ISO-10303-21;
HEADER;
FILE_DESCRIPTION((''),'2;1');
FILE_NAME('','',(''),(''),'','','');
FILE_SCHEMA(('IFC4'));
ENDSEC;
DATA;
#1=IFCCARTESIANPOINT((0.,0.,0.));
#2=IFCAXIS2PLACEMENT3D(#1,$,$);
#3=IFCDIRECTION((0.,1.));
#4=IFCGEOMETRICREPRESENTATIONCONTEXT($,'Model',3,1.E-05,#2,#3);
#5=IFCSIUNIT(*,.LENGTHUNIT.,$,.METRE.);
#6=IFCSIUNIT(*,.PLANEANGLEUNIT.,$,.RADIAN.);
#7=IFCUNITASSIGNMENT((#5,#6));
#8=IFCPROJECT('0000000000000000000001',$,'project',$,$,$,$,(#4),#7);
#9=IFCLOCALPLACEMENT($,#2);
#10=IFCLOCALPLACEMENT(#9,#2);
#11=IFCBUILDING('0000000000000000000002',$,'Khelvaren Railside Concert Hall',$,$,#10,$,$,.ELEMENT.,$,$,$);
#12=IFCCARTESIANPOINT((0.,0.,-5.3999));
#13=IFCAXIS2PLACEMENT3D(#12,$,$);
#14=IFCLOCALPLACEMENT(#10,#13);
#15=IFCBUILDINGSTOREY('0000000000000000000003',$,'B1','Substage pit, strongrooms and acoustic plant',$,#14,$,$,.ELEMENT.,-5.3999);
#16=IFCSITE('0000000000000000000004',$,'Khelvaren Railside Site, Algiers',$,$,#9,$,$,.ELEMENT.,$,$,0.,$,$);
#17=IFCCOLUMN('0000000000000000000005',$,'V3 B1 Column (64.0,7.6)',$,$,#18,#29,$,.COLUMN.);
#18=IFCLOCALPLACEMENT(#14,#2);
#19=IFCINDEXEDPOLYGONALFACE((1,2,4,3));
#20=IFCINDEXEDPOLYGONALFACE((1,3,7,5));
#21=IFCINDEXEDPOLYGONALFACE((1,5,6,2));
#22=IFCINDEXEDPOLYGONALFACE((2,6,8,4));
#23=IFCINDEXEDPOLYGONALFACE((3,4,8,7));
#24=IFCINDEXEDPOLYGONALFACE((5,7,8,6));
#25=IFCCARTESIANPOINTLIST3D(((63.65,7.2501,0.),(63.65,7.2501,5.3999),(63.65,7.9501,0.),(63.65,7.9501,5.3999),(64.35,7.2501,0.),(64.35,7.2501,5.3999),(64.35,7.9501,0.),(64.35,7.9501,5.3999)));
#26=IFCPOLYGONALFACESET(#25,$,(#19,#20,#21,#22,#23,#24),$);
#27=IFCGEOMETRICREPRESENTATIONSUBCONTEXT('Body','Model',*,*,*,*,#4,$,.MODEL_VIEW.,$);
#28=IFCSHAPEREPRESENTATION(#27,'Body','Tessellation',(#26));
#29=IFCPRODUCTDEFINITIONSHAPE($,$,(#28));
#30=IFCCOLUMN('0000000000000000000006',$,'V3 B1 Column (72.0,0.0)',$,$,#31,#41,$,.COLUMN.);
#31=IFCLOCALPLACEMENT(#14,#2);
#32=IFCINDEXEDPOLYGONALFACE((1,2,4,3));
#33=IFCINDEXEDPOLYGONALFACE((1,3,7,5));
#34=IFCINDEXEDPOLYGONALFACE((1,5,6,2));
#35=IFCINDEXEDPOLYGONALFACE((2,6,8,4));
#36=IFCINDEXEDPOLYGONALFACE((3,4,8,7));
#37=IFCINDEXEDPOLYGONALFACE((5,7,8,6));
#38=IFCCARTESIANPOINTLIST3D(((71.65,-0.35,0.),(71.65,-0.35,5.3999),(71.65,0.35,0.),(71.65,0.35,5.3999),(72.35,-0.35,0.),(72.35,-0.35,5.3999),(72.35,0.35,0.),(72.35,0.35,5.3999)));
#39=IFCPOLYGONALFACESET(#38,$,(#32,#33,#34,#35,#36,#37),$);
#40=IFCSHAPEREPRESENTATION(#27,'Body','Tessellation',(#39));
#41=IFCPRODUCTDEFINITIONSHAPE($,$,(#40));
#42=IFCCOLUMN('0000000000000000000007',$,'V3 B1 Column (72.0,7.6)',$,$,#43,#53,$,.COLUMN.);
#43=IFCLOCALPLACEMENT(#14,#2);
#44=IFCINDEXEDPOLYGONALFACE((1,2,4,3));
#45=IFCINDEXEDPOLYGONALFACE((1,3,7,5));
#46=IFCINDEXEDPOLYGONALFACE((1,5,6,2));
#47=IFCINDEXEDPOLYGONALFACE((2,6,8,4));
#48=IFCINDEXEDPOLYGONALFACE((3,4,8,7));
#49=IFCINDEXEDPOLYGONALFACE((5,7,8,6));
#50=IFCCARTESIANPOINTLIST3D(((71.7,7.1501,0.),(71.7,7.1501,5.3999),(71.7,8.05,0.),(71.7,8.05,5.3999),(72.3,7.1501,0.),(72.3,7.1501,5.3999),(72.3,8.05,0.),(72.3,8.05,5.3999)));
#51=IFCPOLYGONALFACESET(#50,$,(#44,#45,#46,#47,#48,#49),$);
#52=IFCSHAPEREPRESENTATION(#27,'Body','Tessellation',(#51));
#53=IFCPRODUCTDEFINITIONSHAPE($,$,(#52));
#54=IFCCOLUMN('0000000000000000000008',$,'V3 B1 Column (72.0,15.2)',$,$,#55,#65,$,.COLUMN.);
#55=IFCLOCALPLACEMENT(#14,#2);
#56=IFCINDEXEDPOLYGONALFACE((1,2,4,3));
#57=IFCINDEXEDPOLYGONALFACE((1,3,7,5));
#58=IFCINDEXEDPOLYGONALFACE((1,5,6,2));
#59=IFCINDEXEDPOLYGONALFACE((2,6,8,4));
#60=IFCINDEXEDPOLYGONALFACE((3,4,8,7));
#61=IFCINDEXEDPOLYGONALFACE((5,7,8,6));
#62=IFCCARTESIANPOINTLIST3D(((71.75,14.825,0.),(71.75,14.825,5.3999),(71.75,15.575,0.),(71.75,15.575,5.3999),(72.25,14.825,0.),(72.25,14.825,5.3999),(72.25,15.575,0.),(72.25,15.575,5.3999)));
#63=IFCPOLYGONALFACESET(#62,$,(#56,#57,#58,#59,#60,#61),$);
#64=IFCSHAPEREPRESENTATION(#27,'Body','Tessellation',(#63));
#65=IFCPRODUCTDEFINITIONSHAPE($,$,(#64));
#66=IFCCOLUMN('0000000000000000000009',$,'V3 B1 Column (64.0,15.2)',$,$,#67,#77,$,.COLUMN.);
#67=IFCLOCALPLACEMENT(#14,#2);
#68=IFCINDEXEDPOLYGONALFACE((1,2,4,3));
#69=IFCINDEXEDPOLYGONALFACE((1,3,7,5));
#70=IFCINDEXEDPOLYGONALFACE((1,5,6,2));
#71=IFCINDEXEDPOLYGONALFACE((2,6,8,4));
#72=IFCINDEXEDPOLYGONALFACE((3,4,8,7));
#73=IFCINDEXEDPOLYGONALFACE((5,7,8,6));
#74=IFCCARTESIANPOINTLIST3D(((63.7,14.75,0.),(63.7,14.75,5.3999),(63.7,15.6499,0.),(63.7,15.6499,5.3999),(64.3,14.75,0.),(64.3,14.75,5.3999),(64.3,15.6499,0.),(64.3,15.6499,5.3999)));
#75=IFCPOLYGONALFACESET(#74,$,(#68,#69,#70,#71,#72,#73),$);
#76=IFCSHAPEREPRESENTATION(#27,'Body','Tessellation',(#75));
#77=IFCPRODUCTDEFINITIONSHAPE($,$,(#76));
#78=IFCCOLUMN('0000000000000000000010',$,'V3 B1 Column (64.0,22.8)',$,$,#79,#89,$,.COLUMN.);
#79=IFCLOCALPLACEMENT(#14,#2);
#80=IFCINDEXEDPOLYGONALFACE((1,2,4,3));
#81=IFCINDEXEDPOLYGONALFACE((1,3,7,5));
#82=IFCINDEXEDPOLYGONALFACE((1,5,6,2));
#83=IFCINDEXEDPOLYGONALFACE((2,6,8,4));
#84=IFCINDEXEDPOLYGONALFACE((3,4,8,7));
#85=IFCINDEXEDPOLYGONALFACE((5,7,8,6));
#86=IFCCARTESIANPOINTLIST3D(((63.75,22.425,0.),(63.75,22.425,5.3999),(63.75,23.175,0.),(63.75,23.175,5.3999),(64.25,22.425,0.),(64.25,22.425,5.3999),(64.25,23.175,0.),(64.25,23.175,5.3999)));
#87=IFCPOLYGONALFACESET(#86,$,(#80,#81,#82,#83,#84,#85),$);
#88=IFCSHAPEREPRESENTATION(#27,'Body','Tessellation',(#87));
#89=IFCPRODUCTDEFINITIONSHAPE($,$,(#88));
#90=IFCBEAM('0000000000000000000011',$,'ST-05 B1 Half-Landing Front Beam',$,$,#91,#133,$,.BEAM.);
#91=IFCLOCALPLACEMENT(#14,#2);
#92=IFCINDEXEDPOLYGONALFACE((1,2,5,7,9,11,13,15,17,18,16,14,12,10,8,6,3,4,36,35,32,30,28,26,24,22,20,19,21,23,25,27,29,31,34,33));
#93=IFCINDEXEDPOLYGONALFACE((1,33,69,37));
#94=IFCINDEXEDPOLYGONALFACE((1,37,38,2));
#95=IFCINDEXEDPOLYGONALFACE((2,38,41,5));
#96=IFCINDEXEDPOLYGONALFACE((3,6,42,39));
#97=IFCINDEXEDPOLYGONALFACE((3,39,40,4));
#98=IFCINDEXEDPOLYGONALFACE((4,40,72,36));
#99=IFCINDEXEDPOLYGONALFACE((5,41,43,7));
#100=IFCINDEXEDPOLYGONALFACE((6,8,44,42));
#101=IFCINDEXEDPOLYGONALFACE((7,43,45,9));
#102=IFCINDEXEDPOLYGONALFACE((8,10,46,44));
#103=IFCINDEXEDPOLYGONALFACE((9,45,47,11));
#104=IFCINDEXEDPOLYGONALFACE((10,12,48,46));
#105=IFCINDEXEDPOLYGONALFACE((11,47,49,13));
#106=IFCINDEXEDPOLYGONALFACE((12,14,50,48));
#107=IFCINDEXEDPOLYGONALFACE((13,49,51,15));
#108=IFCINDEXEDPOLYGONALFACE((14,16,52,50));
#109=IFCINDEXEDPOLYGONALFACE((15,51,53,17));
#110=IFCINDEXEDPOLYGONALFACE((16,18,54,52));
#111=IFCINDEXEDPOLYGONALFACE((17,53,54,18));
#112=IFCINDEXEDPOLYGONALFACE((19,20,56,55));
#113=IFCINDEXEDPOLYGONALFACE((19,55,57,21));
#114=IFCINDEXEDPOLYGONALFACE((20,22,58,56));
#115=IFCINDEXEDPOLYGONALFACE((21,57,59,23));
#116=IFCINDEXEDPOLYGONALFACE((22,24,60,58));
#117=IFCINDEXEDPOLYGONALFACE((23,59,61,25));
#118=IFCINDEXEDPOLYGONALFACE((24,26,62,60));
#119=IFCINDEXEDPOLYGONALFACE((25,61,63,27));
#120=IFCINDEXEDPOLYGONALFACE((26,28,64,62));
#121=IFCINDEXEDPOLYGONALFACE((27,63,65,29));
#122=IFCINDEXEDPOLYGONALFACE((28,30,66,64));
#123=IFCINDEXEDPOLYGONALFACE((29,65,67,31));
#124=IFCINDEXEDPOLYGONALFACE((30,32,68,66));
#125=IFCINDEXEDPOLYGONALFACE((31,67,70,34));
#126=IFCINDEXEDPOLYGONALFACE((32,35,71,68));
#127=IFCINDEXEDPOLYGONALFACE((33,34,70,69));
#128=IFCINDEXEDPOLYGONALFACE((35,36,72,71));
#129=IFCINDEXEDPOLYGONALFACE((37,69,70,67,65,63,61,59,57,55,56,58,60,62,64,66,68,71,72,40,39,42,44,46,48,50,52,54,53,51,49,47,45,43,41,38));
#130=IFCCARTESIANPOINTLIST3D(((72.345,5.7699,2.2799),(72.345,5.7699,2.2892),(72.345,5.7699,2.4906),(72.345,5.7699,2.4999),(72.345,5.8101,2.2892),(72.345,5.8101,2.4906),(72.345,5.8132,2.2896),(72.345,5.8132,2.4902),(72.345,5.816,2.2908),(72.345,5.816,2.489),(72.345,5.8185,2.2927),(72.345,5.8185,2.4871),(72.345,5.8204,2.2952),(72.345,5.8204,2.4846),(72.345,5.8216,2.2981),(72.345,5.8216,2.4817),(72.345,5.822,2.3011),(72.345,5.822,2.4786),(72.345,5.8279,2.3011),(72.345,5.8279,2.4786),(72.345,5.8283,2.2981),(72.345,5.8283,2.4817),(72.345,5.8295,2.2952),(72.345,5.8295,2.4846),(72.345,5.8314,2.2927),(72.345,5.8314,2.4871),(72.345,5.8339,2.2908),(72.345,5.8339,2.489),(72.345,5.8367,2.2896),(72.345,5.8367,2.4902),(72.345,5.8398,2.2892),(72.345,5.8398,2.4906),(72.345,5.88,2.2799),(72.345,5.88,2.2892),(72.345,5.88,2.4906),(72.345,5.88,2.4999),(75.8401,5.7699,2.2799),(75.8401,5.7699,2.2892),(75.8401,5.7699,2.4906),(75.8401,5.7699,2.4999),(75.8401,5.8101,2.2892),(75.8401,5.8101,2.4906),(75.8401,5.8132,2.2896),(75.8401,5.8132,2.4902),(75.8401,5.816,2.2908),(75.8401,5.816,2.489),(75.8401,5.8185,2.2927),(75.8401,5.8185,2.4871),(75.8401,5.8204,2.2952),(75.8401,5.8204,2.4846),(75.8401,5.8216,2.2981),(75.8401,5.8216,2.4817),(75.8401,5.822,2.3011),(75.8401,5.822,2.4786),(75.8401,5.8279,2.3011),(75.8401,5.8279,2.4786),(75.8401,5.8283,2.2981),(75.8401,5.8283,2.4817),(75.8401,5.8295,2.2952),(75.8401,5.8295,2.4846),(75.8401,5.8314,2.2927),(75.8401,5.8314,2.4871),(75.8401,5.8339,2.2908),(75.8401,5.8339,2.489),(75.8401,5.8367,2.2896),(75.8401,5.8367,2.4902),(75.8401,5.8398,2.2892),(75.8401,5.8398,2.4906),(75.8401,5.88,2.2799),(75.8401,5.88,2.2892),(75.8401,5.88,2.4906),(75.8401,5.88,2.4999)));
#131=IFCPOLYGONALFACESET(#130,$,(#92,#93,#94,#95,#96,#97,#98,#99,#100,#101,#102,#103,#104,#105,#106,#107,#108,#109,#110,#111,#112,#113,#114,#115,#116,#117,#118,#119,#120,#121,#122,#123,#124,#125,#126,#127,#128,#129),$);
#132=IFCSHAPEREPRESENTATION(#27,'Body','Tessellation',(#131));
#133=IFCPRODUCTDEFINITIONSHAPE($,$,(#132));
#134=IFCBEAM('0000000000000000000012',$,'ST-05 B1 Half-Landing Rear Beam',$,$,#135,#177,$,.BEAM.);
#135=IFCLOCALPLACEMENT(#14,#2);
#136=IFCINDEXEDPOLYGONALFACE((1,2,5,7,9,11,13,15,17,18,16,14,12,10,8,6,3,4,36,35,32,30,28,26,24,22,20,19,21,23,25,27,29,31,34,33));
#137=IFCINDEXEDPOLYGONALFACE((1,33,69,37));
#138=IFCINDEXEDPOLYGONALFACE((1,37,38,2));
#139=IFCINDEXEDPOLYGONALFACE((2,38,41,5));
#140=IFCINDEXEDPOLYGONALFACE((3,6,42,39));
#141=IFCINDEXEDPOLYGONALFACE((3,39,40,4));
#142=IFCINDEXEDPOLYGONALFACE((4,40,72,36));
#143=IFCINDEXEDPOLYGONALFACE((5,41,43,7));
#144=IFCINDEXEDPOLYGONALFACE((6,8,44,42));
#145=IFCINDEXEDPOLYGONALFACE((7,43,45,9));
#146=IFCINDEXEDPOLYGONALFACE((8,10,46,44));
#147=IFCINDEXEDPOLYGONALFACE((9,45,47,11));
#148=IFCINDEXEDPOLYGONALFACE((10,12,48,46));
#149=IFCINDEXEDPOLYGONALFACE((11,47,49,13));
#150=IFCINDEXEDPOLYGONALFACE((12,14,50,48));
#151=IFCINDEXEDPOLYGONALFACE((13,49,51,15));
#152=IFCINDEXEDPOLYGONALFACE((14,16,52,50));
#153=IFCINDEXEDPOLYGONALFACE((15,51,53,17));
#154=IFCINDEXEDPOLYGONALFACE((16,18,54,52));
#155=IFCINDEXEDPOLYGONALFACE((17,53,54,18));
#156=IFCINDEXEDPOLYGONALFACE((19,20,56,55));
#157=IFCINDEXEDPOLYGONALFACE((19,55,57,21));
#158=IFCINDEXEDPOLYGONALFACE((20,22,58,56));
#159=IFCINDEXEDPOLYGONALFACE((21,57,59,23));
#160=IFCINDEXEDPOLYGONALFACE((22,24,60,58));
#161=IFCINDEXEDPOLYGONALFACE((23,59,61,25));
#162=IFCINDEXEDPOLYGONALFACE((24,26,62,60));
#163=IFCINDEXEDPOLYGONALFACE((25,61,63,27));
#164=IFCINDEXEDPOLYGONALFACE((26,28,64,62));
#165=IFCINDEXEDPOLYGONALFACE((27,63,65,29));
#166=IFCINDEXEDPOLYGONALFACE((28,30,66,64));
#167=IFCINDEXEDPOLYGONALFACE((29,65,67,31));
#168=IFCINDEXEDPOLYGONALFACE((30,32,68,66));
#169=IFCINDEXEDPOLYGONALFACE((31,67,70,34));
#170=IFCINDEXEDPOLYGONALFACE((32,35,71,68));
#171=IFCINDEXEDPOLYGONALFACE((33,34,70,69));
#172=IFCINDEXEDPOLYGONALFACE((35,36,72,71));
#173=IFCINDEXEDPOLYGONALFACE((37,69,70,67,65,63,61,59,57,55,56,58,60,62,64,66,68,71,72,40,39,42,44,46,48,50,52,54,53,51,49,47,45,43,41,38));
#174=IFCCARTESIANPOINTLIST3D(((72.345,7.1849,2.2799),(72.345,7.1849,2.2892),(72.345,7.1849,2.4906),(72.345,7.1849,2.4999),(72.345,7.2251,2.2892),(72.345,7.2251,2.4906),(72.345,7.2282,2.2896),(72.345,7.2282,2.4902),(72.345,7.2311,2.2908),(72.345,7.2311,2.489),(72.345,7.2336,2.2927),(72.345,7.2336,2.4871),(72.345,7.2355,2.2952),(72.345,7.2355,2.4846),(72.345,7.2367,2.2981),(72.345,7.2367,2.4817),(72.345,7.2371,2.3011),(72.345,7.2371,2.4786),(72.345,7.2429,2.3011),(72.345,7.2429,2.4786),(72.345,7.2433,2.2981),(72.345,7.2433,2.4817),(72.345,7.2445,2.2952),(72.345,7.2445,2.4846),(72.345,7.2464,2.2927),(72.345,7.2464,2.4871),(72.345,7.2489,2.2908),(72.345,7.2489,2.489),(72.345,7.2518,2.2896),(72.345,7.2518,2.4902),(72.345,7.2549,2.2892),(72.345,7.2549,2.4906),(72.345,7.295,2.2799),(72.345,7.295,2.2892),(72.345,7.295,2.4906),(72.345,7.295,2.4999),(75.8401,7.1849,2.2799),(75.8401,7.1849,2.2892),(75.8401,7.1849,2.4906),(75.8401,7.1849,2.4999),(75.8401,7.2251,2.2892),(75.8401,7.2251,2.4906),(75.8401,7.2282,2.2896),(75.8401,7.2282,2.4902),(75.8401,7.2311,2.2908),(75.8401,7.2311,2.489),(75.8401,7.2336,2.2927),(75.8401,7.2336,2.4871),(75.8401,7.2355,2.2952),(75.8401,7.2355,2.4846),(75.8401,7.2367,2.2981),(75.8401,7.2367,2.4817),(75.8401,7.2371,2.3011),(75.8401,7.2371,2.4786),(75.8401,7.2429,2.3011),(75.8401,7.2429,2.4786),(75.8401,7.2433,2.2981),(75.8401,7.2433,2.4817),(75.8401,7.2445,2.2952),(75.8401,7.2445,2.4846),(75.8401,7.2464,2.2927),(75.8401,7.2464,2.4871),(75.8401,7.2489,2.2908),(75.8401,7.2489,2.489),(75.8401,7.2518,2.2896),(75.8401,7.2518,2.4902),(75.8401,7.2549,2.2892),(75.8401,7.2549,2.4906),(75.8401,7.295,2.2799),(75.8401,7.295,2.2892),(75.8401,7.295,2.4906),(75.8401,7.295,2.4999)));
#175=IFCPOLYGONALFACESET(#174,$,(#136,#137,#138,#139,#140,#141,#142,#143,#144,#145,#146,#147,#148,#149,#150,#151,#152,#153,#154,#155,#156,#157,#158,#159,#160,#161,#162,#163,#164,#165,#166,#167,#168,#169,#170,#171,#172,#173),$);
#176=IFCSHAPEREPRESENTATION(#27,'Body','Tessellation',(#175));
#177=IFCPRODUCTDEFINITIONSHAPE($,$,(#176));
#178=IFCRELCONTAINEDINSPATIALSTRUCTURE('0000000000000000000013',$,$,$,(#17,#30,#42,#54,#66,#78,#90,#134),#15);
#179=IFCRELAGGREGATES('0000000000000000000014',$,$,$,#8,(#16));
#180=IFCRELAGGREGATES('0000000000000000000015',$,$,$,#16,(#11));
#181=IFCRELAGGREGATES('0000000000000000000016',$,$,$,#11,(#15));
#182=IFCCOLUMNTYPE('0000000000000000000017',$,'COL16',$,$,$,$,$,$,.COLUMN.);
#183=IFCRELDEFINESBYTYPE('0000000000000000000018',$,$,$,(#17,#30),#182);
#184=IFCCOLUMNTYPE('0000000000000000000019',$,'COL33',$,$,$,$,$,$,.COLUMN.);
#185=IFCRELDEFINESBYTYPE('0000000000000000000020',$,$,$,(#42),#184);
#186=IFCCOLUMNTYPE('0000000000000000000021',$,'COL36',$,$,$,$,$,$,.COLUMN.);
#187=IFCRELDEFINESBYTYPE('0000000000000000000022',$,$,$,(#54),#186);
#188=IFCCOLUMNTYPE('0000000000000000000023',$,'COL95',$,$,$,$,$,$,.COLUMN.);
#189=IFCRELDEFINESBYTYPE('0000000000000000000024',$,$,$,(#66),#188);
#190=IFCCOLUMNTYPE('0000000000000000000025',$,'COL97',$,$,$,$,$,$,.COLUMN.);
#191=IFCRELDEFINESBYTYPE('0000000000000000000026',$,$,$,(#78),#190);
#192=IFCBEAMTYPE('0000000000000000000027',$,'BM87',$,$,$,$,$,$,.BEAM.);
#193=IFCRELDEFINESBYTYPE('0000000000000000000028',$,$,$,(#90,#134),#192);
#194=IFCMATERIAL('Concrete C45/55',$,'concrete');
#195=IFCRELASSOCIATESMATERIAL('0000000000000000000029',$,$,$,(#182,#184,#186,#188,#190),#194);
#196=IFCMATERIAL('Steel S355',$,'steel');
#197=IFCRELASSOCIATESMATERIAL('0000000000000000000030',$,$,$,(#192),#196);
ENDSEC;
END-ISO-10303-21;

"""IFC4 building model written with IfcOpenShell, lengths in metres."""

from ifc_helpers import new_model, si_unit, direction, frame, origin, origin_2d, place, context, subcontext, project, spatial, rectangle, i_section, extrude, material, material_profile, profile_set, type_object, element, save


model = new_model("IFC4")

# Units and contexts
model_context = context("Model", 3, precision=1e-05, world=origin(), true_north=direction((0.0, 1.0)))
body_context = subcontext(model_context, "Body", "Model", "MODEL_VIEW")
ifc_project = project(units=[si_unit("LENGTHUNIT", "METRE"), si_unit("PLANEANGLEUNIT", "RADIAN")], contexts=[model_context])

# Site, building, storey
site_placement = place(None, origin())
site = spatial("IfcSite", under=ifc_project, at=site_placement, Name="Khelvaren Railside Site, Algiers", CompositionType="ELEMENT", RefElevation=0.0)
building_placement = place(site_placement, origin())
building = spatial("IfcBuilding", under=site, at=building_placement, Name="Khelvaren Railside Concert Hall", CompositionType="ELEMENT")
storey_placement = place(building_placement, frame((0.0, 0.0, -5.3999)))
storey = spatial("IfcBuildingStorey", under=building, at=storey_placement, Name="B1", Description="Substage pit, strongrooms and acoustic plant", CompositionType="ELEMENT", Elevation=-5.3999)

# Columns
ifc_material_1 = material(Name="Concrete C45/55", Category="concrete")
ifc_material_profile_1 = material_profile(ifc_material_1, rectangle(XDim=0.7, YDim=0.7, at=origin_2d()), Name="RC 700x700")
ifc_profile_set_1 = profile_set([ifc_material_profile_1], Name="Concrete C45/55")
column_type_1 = type_object("IfcColumnType", Name="COL16", PredefinedType="COLUMN", material=ifc_profile_set_1)
for number, where, z_axis, x_axis, name in (
    (1, (64.0, 7.6001, 0.0), (0.0, 0.0, 1.0), (1.0, 0.0, 0.0), "V3 B1 Column (64.0,7.6)"),
    (2, (72.0, 0.0, 0.0), (0.0, 0.0, 1.0), (1.0, 0.0, 0.0), "V3 B1 Column (72.0,0.0)"),
):
    element("IfcColumn", number, at=place(storey_placement, frame(where, z_axis=z_axis, x_axis=x_axis)), inside=storey, type_object=column_type_1, Name=name, PredefinedType="COLUMN", context=body_context, shape_type="SweptSolid", body=[
        extrude(rectangle(XDim=0.7, YDim=0.7, at=origin_2d()), origin(), (0.0, 0.0, 1.0), 5.3999),
    ])
ifc_material_profile_2 = material_profile(ifc_material_1, rectangle(XDim=0.6001, YDim=0.8999, at=origin_2d()), Name="RC 600x900")
ifc_profile_set_2 = profile_set([ifc_material_profile_2], Name="Concrete C45/55")
column_type_2 = type_object("IfcColumnType", Name="COL33", PredefinedType="COLUMN", material=ifc_profile_set_2)
column_1_placement = place(storey_placement, frame((72.0, 7.6001, 0.0), z_axis=(0.0, 0.0, 1.0), x_axis=(1.0, 0.0, 0.0)))
element("IfcColumn", 3, at=column_1_placement, inside=storey, type_object=column_type_2, Name="V3 B1 Column (72.0,7.6)", PredefinedType="COLUMN", context=body_context, shape_type="SweptSolid", body=[
    extrude(rectangle(XDim=0.6001, YDim=0.8999, at=origin_2d()), origin(), (0.0, 0.0, 1.0), 5.3999),
])
ifc_material_profile_3 = material_profile(ifc_material_1, rectangle(XDim=0.5, YDim=0.75, at=origin_2d()), Name="RC 500x750")
ifc_profile_set_3 = profile_set([ifc_material_profile_3], Name="Concrete C45/55")
column_type_3 = type_object("IfcColumnType", Name="COL36", PredefinedType="COLUMN", material=ifc_profile_set_3)
column_2_placement = place(storey_placement, frame((72.0, 15.2, 0.0), z_axis=(0.0, 0.0, 1.0), x_axis=(1.0, 0.0, 0.0)))
element("IfcColumn", 4, at=column_2_placement, inside=storey, type_object=column_type_3, Name="V3 B1 Column (72.0,15.2)", PredefinedType="COLUMN", context=body_context, shape_type="SweptSolid", body=[
    extrude(rectangle(XDim=0.5, YDim=0.75, at=origin_2d()), origin(), (0.0, 0.0, 1.0), 5.3999),
])
ifc_material_profile_4 = material_profile(ifc_material_1, rectangle(XDim=0.6001, YDim=0.8999, at=origin_2d()), Name="RC 600x900")
ifc_profile_set_4 = profile_set([ifc_material_profile_4], Name="Concrete C45/55")
column_type_4 = type_object("IfcColumnType", Name="COL95", PredefinedType="COLUMN", material=ifc_profile_set_4)
column_3_placement = place(storey_placement, frame((64.0, 15.2, 0.0), z_axis=(0.0, 0.0, 1.0), x_axis=(1.0, 0.0, 0.0)))
element("IfcColumn", 5, at=column_3_placement, inside=storey, type_object=column_type_4, Name="V3 B1 Column (64.0,15.2)", PredefinedType="COLUMN", context=body_context, shape_type="SweptSolid", body=[
    extrude(rectangle(XDim=0.6001, YDim=0.8999, at=origin_2d()), origin(), (0.0, 0.0, 1.0), 5.3999),
])
ifc_material_profile_5 = material_profile(ifc_material_1, rectangle(XDim=0.5, YDim=0.75, at=origin_2d()), Name="RC 500x750")
ifc_profile_set_5 = profile_set([ifc_material_profile_5], Name="Concrete C45/55")
column_type_5 = type_object("IfcColumnType", Name="COL97", PredefinedType="COLUMN", material=ifc_profile_set_5)
column_4_placement = place(storey_placement, frame((64.0, 22.8, 0.0), z_axis=(0.0, 0.0, 1.0), x_axis=(1.0, 0.0, 0.0)))
element("IfcColumn", 6, at=column_4_placement, inside=storey, type_object=column_type_5, Name="V3 B1 Column (64.0,22.8)", PredefinedType="COLUMN", context=body_context, shape_type="SweptSolid", body=[
    extrude(rectangle(XDim=0.5, YDim=0.75, at=origin_2d()), origin(), (0.0, 0.0, 1.0), 5.3999),
])

# Beams
ifc_material_2 = material(Name="Steel S355", Category="steel")
ifc_material_profile_6 = material_profile(ifc_material_2, i_section(OverallWidth=0.1101, OverallDepth=0.22, WebThickness=0.0059, FlangeThickness=0.0093, FilletRadius=0.012, at=origin_2d()), Name="IPE 220")
ifc_profile_set_6 = profile_set([ifc_material_profile_6], Name="Steel S355")
beam_type_1 = type_object("IfcBeamType", Name="BM87", PredefinedType="BEAM", material=ifc_profile_set_6)
for number, where, z_axis, x_axis, name in (
    (7, (72.345, 5.825, 2.3899), (1.0, 0.0, 0.0), (0.0, 1.0, 0.0), "ST-05 B1 Half-Landing Front Beam"),
    (8, (72.345, 7.24, 2.3899), (1.0, 0.0, 0.0), (0.0, 1.0, 0.0), "ST-05 B1 Half-Landing Rear Beam"),
):
    element("IfcBeam", number, at=place(storey_placement, frame(where, z_axis=z_axis, x_axis=x_axis)), inside=storey, type_object=beam_type_1, Name=name, PredefinedType="BEAM", context=body_context, shape_type="SweptSolid", body=[
        extrude(i_section(OverallWidth=0.1101, OverallDepth=0.22, WebThickness=0.0059, FlangeThickness=0.0093, FilletRadius=0.012, at=origin_2d()), origin(), (0.0, 0.0, 1.0), 3.4951),
    ])

save(model, "model.ifc")
